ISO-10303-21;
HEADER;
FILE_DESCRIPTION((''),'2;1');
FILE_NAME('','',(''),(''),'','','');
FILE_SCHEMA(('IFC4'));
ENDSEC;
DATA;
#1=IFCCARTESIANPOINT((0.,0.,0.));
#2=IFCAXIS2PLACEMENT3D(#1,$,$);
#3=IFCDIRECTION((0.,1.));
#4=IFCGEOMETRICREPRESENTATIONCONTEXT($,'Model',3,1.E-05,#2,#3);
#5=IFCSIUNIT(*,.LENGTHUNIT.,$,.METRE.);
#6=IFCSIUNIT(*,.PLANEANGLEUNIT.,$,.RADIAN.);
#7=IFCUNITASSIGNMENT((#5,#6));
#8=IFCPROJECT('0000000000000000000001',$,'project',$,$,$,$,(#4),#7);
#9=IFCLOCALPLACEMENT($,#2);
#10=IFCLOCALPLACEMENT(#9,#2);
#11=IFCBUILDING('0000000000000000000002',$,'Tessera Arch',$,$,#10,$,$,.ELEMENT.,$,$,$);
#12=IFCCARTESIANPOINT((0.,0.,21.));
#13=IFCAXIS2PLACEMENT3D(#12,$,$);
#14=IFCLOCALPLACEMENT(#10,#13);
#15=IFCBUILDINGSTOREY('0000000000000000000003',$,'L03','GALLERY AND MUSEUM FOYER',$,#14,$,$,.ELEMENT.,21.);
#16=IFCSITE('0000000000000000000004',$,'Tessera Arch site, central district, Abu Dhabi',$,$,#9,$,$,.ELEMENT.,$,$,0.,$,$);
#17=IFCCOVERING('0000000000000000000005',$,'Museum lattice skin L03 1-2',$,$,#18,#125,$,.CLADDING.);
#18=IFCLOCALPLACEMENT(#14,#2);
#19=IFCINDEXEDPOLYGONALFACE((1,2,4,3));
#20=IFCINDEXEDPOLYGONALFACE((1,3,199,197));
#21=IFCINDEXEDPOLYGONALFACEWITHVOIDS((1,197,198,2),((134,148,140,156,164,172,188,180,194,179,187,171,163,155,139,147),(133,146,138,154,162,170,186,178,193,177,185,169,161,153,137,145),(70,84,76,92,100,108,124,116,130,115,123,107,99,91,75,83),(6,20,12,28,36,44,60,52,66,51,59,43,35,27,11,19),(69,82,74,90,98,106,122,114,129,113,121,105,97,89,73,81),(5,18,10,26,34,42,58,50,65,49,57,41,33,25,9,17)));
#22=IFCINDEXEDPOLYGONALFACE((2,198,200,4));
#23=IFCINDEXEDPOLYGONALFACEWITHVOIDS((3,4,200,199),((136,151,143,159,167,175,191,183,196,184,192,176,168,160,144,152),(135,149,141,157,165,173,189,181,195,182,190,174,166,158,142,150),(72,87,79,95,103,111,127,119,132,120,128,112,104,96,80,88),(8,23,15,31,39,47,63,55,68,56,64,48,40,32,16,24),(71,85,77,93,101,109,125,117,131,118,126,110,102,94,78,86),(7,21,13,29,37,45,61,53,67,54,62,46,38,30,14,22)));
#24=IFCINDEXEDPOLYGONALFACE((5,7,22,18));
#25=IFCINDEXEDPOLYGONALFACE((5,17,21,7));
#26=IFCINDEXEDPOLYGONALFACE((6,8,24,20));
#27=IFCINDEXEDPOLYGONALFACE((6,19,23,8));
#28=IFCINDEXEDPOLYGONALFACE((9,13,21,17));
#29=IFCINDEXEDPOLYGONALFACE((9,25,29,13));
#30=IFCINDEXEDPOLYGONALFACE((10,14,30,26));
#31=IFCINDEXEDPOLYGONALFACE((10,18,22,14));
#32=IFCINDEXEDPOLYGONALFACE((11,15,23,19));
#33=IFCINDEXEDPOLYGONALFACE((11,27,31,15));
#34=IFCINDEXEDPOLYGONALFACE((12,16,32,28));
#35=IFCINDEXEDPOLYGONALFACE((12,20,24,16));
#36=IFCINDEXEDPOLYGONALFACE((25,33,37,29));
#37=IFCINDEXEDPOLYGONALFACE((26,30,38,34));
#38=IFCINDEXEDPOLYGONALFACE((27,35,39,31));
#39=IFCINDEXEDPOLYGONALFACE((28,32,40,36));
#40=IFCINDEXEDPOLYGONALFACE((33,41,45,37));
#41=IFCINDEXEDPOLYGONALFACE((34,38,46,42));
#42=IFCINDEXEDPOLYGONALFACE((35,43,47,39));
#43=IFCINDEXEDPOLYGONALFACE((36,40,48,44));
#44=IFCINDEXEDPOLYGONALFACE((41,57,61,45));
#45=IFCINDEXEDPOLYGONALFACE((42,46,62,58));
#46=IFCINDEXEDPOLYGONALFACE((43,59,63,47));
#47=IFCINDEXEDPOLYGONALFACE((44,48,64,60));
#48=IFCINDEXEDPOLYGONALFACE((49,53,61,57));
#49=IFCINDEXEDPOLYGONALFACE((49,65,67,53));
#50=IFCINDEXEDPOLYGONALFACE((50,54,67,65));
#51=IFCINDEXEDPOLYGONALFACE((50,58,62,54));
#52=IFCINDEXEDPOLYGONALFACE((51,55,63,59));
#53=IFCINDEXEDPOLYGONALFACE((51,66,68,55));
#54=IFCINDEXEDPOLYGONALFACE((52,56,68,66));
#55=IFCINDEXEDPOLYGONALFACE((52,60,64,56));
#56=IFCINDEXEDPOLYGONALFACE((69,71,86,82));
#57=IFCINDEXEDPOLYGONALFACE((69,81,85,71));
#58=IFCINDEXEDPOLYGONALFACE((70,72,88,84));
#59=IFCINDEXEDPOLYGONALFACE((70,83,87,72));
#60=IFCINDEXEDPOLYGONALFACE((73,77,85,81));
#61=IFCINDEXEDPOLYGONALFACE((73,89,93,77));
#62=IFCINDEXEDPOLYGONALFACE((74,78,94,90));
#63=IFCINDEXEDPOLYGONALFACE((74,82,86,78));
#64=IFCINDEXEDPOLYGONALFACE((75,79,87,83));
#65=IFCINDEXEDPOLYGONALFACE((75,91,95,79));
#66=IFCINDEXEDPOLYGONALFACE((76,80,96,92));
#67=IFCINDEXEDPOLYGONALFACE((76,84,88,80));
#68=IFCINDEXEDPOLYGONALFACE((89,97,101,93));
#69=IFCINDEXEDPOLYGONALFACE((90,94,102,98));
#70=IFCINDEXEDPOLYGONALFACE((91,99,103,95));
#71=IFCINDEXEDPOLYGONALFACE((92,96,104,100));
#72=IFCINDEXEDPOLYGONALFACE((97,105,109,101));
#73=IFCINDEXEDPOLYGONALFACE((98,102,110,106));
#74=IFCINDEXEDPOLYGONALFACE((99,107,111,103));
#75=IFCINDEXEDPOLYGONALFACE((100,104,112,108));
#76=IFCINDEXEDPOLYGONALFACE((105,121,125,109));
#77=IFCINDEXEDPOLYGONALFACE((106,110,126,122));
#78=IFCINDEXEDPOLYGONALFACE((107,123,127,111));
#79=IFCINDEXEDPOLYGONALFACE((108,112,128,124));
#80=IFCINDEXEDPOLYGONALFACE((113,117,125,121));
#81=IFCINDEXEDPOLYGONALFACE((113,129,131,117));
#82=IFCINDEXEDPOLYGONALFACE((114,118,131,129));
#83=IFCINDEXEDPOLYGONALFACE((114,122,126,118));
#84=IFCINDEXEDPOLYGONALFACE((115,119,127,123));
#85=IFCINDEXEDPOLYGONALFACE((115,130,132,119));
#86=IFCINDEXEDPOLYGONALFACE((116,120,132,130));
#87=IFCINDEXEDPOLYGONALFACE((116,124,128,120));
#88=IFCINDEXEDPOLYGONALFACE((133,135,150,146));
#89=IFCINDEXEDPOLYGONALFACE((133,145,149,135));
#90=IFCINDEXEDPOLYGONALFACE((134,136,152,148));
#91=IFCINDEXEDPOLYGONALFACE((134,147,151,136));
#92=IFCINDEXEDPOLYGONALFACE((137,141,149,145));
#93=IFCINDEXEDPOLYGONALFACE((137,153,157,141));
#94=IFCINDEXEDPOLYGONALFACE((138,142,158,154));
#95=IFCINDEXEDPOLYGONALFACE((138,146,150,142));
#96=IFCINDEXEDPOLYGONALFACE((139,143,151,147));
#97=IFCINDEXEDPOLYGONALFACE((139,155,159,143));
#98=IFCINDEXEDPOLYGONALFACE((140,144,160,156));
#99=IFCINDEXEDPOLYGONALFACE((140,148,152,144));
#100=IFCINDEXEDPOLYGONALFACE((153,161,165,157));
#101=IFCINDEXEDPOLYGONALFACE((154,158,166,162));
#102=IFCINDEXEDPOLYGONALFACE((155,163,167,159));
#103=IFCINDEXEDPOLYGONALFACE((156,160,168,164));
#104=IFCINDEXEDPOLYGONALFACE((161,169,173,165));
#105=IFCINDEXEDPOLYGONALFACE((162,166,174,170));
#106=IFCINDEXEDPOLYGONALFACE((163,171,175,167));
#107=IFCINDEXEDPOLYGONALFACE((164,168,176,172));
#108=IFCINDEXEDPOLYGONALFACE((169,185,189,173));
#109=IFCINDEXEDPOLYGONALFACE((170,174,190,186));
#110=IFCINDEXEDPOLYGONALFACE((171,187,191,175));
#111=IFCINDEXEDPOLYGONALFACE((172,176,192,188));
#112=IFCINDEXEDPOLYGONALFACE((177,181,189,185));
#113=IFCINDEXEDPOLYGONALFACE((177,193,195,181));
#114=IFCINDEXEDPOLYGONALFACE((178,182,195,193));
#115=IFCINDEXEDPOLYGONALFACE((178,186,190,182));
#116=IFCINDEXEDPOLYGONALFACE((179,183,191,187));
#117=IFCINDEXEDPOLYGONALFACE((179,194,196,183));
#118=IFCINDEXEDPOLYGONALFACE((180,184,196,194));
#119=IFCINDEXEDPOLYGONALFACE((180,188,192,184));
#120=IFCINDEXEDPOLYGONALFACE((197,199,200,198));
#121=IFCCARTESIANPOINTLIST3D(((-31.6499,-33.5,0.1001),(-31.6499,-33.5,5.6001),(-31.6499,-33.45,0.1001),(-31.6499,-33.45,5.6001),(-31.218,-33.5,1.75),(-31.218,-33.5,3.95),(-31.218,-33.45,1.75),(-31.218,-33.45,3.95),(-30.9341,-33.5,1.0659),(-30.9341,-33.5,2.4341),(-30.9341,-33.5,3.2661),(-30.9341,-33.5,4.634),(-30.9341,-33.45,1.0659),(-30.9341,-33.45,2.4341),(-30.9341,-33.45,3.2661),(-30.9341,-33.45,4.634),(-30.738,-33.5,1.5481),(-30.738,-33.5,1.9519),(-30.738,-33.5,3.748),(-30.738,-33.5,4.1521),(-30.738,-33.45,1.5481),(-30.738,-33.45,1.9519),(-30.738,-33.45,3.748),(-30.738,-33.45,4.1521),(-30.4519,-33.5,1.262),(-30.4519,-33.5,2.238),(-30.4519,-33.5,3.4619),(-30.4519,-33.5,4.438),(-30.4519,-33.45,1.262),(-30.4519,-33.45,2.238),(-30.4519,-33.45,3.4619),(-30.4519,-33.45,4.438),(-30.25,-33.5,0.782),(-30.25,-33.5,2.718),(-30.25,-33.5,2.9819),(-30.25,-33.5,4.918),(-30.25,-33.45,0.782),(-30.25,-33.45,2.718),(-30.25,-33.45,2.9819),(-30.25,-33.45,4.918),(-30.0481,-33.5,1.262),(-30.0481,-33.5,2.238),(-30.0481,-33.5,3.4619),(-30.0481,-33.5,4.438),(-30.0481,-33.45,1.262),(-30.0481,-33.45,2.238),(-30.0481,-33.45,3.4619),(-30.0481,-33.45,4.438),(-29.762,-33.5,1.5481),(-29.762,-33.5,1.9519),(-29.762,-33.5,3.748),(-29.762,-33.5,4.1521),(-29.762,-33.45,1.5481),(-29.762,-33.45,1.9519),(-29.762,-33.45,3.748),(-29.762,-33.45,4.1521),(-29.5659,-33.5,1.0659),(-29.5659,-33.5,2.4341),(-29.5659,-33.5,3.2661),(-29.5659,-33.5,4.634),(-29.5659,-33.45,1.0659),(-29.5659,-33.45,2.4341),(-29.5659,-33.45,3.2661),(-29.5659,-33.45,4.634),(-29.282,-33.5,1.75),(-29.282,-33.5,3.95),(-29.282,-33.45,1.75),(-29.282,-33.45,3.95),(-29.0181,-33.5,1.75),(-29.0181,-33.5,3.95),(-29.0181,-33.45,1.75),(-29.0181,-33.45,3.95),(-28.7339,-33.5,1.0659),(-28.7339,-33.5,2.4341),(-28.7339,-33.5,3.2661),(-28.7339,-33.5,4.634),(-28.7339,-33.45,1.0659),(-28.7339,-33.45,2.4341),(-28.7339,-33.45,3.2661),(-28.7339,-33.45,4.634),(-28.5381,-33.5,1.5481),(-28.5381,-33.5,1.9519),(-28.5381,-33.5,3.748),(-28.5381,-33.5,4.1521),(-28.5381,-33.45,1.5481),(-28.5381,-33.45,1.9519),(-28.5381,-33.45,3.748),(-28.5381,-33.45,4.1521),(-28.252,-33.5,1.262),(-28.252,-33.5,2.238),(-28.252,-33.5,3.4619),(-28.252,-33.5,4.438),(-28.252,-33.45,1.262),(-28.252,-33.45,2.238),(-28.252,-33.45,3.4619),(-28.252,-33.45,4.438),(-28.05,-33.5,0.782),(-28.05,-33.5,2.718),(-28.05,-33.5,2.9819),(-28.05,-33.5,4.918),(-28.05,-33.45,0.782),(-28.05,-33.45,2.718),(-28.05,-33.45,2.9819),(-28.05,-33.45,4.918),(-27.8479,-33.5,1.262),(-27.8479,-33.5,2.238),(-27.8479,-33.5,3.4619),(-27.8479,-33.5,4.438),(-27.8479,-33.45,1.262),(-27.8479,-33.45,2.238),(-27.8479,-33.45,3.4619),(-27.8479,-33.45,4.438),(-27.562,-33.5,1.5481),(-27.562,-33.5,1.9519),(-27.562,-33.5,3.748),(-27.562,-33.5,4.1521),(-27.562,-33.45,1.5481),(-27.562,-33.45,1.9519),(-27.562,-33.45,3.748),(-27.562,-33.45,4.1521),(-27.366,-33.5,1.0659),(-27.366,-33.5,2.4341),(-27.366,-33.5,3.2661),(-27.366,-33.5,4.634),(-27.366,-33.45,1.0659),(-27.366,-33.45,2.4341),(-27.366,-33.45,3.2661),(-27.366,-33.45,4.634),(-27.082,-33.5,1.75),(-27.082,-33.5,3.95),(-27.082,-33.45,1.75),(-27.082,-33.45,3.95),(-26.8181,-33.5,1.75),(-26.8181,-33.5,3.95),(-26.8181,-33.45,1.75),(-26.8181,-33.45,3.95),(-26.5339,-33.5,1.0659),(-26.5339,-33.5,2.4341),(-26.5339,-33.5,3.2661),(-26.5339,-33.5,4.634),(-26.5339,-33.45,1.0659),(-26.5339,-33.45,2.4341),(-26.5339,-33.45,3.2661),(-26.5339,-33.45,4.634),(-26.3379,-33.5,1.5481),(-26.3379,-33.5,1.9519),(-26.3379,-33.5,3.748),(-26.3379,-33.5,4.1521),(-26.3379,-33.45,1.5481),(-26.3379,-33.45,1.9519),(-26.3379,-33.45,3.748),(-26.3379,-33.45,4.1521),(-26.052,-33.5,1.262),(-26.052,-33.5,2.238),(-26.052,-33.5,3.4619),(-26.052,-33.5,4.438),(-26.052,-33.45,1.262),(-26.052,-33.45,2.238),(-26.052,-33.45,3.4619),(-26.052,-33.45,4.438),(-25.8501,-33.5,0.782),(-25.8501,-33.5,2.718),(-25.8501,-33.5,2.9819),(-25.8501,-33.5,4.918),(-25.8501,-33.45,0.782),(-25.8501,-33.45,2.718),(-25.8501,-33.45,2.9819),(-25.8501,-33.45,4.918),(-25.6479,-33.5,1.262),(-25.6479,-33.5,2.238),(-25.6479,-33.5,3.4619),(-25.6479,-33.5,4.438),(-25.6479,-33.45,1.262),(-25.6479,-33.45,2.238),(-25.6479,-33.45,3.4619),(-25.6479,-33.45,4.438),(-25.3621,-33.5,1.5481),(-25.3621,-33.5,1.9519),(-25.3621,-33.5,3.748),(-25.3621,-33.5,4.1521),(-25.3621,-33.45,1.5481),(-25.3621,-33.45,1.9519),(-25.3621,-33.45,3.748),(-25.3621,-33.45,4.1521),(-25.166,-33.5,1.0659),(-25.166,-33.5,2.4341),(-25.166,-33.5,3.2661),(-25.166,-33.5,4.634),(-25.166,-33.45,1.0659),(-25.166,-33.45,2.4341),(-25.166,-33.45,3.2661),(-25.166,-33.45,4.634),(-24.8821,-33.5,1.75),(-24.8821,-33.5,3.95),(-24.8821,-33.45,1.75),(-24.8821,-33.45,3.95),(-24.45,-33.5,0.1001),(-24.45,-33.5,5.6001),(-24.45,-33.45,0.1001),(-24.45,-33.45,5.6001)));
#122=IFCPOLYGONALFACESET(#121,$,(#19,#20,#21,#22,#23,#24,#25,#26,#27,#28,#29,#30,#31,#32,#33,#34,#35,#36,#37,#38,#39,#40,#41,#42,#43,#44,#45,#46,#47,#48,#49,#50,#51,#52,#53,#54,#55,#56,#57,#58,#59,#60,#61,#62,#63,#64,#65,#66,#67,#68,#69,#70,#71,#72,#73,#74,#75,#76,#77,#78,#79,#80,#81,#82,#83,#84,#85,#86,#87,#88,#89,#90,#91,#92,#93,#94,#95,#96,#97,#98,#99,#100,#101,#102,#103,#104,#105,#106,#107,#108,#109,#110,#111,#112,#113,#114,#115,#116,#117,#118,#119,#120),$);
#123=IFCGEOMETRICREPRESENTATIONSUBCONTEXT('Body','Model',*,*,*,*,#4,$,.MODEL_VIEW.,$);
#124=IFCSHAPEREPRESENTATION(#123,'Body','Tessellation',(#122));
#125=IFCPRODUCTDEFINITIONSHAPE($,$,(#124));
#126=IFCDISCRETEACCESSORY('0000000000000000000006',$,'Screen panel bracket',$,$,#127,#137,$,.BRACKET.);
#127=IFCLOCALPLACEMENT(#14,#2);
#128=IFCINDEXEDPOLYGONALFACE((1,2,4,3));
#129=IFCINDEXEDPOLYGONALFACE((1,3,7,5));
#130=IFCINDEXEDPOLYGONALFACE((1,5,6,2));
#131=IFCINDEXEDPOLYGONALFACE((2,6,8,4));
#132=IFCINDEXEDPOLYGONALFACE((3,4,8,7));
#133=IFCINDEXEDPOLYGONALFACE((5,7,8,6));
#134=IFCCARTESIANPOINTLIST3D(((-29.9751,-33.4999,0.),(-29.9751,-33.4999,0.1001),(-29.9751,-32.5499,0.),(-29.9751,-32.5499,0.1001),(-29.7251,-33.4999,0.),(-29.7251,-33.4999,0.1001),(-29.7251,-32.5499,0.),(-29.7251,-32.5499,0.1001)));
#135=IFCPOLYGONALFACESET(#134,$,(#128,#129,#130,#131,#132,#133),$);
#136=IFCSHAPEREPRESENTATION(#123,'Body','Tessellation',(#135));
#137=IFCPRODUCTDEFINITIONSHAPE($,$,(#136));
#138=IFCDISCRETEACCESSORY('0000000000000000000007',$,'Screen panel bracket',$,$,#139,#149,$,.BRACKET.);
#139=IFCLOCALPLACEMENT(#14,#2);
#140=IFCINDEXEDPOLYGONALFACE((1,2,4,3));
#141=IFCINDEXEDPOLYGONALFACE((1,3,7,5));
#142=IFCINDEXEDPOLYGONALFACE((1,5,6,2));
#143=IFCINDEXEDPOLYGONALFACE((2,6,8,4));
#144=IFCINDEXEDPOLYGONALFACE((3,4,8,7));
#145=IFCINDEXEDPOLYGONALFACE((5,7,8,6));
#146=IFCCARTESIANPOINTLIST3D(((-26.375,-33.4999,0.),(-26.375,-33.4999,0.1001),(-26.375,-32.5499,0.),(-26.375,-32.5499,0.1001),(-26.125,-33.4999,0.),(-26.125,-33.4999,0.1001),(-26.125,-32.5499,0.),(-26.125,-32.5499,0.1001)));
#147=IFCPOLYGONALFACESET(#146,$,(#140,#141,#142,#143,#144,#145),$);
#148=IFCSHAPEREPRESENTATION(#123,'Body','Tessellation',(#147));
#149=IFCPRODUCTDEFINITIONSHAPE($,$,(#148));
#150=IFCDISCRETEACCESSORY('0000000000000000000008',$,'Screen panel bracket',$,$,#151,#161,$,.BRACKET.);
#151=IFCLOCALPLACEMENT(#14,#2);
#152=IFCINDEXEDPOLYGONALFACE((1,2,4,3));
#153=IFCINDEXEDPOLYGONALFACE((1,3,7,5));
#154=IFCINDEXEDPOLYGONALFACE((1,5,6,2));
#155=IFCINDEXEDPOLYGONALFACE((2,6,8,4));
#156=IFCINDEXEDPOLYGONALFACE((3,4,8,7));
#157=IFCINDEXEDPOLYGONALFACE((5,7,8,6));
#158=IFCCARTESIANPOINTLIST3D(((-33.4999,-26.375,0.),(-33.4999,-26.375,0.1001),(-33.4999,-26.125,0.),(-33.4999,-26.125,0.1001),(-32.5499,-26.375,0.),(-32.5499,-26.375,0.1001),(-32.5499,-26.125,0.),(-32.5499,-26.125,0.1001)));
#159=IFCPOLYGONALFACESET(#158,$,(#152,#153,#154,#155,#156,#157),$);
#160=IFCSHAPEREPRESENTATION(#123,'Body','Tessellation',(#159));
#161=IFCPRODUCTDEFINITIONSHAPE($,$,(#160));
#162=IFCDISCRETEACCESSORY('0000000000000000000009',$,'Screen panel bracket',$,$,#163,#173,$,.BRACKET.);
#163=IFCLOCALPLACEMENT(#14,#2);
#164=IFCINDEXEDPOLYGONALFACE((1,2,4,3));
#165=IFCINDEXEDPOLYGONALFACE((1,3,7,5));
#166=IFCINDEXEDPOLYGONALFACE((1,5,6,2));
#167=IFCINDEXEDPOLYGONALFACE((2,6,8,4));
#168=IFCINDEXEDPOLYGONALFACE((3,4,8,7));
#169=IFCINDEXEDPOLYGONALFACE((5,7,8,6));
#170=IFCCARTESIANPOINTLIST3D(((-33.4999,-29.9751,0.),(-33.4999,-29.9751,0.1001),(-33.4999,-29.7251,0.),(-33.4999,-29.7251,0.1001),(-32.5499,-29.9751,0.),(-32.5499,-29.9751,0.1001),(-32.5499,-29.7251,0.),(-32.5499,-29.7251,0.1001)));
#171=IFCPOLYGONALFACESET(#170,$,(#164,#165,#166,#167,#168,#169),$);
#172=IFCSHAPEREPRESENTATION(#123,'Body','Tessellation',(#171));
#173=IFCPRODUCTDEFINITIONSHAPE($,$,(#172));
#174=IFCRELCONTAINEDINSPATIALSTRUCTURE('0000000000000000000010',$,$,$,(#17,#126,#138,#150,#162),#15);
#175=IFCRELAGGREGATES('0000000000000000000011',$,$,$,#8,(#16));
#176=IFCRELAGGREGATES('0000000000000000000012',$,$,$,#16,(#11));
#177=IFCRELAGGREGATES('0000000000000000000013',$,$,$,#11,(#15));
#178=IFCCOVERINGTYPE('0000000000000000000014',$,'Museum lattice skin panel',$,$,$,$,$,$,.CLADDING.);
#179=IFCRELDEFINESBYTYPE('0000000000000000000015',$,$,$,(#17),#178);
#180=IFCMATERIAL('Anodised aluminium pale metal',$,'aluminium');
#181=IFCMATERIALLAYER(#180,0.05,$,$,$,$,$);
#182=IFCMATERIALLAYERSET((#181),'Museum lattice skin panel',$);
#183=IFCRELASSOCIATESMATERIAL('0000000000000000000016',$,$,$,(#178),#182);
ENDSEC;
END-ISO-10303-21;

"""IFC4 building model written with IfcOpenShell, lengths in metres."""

from ifc_helpers import new_model, si_unit, direction, frame, origin, origin_2d, place, context, subcontext, project, spatial, polyline, rectangle, outline, extrude, material, layer, layer_set, type_object, element, save


model = new_model("IFC4")

# Units and contexts
model_context = context("Model", 3, precision=1e-05, world=origin(), true_north=direction((0.0, 1.0)))
body_context = subcontext(model_context, "Body", "Model", "MODEL_VIEW")
ifc_project = project(units=[si_unit("LENGTHUNIT", "METRE"), si_unit("PLANEANGLEUNIT", "RADIAN")], contexts=[model_context])

# Site, building, storey
site_placement = place(None, origin())
site = spatial("IfcSite", under=ifc_project, at=site_placement, Name="Tessera Arch site, central district, Abu Dhabi", CompositionType="ELEMENT", RefElevation=0.0)
building_placement = place(site_placement, origin())
building = spatial("IfcBuilding", under=site, at=building_placement, Name="Tessera Arch", CompositionType="ELEMENT")
storey_placement = place(building_placement, frame((0.0, 0.0, 21.0)))
storey = spatial("IfcBuildingStorey", under=building, at=storey_placement, Name="L03", Description="GALLERY AND MUSEUM FOYER", CompositionType="ELEMENT", Elevation=21.0)

# Covering
ifc_material_1 = material(Name="Anodised aluminium pale metal", Category="aluminium")
ifc_layer_1 = layer(ifc_material_1, 0.05)
ifc_layer_set_1 = layer_set([ifc_layer_1], Name="Museum lattice skin panel")
covering_type = type_object("IfcCoveringType", Name="Museum lattice skin panel", PredefinedType="CLADDING", material=ifc_layer_set_1)
covering_placement = place(storey_placement, frame((-31.6499, -33.45, 5.6001), z_axis=(0.0, 1.0, 0.0), x_axis=(1.0, 0.0, 0.0)))
element("IfcCovering", 1, at=covering_placement, inside=storey, type_object=covering_type, Name="Museum lattice skin L03 1-2", PredefinedType="CLADDING", context=body_context, shape_type="SweptSolid", body=[
    extrude(outline(polyline([(0.0, 0.0), (7.2, 0.0), (7.2, 5.5), (0.0, 5.5), (0.0, 0.0)]), holes=[polyline([(2.3679, 3.8501), (1.8879, 3.6482), (2.084, 3.166), (1.6018, 3.3621), (1.3999, 2.8821), (1.198, 3.3621), (0.7158, 3.166), (0.9119, 3.6482), (0.4319, 3.8501), (0.9119, 4.052), (0.7158, 4.5342), (1.198, 4.3381), (1.3999, 4.8181), (1.6018, 4.3381), (2.084, 4.5342), (1.8879, 4.052), (2.3679, 3.8501)]), polyline([(2.3679, 1.6501), (1.8879, 1.448), (2.084, 0.9661), (1.6018, 1.1621), (1.3999, 0.6821), (1.198, 1.1621), (0.7158, 0.9661), (0.9119, 1.448), (0.4319, 1.6501), (0.9119, 1.8521), (0.7158, 2.334), (1.198, 2.1382), (1.3999, 2.6182), (1.6018, 2.1382), (2.084, 2.334), (1.8879, 1.8521), (2.3679, 1.6501)]), polyline([(4.5679, 3.8501), (4.0879, 3.6482), (4.2839, 3.166), (3.802, 3.3621), (3.5999, 2.8821), (3.3979, 3.3621), (2.916, 3.166), (3.1118, 3.6482), (2.6318, 3.8501), (3.1118, 4.052), (2.916, 4.5342), (3.3979, 4.3381), (3.5999, 4.8181), (3.802, 4.3381), (4.2839, 4.5342), (4.0879, 4.052), (4.5679, 3.8501)]), polyline([(4.5679, 1.6501), (4.0879, 1.448), (4.2839, 0.9661), (3.802, 1.1621), (3.5999, 0.6821), (3.3979, 1.1621), (2.916, 0.9661), (3.1118, 1.448), (2.6318, 1.6501), (3.1118, 1.8521), (2.916, 2.334), (3.3979, 2.1382), (3.5999, 2.6182), (3.802, 2.1382), (4.2839, 2.334), (4.0879, 1.8521), (4.5679, 1.6501)]), polyline([(6.7678, 3.8501), (6.2878, 3.6482), (6.4839, 3.166), (6.002, 3.3621), (5.7998, 2.8821), (5.5979, 3.3621), (5.116, 3.166), (5.312, 3.6482), (4.8318, 3.8501), (5.312, 4.052), (5.116, 4.5342), (5.5979, 4.3381), (5.7998, 4.8181), (6.002, 4.3381), (6.4839, 4.5342), (6.2878, 4.052), (6.7678, 3.8501)]), polyline([(6.7678, 1.6501), (6.2878, 1.448), (6.4839, 0.9661), (6.002, 1.1621), (5.7998, 0.6821), (5.5979, 1.1621), (5.116, 0.9661), (5.312, 1.448), (4.8318, 1.6501), (5.312, 1.8521), (5.116, 2.334), (5.5979, 2.1382), (5.7998, 2.6182), (6.002, 2.1382), (6.4839, 2.334), (6.2878, 1.8521), (6.7678, 1.6501)])]), origin(), (0.0, 0.0, -1.0), 0.05),
])

# Discrete accessories
for number, where, z_axis, x_axis, name in (
    (2, (-29.8501, -33.0249, 0.0), (0.0, 0.0, 1.0), (0.0, -1.0, 0.0), "Screen panel bracket"),
    (3, (-26.25, -33.0249, 0.0), (0.0, 0.0, 1.0), (0.0, -1.0, 0.0), "Screen panel bracket"),
    (4, (-33.0249, -26.25, 0.0), (0.0, 0.0, 1.0), (-1.0, 0.0, 0.0), "Screen panel bracket"),
    (5, (-33.0249, -29.8501, 0.0), (0.0, 0.0, 1.0), (-1.0, 0.0, 0.0), "Screen panel bracket"),
):
    element("IfcDiscreteAccessory", number, at=place(storey_placement, frame(where, z_axis=z_axis, x_axis=x_axis)), inside=storey, Name=name, PredefinedType="BRACKET", context=body_context, shape_type="SweptSolid", body=[
        extrude(rectangle(XDim=0.95, YDim=0.25, at=origin_2d()), origin(), (0.0, 0.0, 1.0), 0.1001),
    ])

save(model, "model.ifc")
